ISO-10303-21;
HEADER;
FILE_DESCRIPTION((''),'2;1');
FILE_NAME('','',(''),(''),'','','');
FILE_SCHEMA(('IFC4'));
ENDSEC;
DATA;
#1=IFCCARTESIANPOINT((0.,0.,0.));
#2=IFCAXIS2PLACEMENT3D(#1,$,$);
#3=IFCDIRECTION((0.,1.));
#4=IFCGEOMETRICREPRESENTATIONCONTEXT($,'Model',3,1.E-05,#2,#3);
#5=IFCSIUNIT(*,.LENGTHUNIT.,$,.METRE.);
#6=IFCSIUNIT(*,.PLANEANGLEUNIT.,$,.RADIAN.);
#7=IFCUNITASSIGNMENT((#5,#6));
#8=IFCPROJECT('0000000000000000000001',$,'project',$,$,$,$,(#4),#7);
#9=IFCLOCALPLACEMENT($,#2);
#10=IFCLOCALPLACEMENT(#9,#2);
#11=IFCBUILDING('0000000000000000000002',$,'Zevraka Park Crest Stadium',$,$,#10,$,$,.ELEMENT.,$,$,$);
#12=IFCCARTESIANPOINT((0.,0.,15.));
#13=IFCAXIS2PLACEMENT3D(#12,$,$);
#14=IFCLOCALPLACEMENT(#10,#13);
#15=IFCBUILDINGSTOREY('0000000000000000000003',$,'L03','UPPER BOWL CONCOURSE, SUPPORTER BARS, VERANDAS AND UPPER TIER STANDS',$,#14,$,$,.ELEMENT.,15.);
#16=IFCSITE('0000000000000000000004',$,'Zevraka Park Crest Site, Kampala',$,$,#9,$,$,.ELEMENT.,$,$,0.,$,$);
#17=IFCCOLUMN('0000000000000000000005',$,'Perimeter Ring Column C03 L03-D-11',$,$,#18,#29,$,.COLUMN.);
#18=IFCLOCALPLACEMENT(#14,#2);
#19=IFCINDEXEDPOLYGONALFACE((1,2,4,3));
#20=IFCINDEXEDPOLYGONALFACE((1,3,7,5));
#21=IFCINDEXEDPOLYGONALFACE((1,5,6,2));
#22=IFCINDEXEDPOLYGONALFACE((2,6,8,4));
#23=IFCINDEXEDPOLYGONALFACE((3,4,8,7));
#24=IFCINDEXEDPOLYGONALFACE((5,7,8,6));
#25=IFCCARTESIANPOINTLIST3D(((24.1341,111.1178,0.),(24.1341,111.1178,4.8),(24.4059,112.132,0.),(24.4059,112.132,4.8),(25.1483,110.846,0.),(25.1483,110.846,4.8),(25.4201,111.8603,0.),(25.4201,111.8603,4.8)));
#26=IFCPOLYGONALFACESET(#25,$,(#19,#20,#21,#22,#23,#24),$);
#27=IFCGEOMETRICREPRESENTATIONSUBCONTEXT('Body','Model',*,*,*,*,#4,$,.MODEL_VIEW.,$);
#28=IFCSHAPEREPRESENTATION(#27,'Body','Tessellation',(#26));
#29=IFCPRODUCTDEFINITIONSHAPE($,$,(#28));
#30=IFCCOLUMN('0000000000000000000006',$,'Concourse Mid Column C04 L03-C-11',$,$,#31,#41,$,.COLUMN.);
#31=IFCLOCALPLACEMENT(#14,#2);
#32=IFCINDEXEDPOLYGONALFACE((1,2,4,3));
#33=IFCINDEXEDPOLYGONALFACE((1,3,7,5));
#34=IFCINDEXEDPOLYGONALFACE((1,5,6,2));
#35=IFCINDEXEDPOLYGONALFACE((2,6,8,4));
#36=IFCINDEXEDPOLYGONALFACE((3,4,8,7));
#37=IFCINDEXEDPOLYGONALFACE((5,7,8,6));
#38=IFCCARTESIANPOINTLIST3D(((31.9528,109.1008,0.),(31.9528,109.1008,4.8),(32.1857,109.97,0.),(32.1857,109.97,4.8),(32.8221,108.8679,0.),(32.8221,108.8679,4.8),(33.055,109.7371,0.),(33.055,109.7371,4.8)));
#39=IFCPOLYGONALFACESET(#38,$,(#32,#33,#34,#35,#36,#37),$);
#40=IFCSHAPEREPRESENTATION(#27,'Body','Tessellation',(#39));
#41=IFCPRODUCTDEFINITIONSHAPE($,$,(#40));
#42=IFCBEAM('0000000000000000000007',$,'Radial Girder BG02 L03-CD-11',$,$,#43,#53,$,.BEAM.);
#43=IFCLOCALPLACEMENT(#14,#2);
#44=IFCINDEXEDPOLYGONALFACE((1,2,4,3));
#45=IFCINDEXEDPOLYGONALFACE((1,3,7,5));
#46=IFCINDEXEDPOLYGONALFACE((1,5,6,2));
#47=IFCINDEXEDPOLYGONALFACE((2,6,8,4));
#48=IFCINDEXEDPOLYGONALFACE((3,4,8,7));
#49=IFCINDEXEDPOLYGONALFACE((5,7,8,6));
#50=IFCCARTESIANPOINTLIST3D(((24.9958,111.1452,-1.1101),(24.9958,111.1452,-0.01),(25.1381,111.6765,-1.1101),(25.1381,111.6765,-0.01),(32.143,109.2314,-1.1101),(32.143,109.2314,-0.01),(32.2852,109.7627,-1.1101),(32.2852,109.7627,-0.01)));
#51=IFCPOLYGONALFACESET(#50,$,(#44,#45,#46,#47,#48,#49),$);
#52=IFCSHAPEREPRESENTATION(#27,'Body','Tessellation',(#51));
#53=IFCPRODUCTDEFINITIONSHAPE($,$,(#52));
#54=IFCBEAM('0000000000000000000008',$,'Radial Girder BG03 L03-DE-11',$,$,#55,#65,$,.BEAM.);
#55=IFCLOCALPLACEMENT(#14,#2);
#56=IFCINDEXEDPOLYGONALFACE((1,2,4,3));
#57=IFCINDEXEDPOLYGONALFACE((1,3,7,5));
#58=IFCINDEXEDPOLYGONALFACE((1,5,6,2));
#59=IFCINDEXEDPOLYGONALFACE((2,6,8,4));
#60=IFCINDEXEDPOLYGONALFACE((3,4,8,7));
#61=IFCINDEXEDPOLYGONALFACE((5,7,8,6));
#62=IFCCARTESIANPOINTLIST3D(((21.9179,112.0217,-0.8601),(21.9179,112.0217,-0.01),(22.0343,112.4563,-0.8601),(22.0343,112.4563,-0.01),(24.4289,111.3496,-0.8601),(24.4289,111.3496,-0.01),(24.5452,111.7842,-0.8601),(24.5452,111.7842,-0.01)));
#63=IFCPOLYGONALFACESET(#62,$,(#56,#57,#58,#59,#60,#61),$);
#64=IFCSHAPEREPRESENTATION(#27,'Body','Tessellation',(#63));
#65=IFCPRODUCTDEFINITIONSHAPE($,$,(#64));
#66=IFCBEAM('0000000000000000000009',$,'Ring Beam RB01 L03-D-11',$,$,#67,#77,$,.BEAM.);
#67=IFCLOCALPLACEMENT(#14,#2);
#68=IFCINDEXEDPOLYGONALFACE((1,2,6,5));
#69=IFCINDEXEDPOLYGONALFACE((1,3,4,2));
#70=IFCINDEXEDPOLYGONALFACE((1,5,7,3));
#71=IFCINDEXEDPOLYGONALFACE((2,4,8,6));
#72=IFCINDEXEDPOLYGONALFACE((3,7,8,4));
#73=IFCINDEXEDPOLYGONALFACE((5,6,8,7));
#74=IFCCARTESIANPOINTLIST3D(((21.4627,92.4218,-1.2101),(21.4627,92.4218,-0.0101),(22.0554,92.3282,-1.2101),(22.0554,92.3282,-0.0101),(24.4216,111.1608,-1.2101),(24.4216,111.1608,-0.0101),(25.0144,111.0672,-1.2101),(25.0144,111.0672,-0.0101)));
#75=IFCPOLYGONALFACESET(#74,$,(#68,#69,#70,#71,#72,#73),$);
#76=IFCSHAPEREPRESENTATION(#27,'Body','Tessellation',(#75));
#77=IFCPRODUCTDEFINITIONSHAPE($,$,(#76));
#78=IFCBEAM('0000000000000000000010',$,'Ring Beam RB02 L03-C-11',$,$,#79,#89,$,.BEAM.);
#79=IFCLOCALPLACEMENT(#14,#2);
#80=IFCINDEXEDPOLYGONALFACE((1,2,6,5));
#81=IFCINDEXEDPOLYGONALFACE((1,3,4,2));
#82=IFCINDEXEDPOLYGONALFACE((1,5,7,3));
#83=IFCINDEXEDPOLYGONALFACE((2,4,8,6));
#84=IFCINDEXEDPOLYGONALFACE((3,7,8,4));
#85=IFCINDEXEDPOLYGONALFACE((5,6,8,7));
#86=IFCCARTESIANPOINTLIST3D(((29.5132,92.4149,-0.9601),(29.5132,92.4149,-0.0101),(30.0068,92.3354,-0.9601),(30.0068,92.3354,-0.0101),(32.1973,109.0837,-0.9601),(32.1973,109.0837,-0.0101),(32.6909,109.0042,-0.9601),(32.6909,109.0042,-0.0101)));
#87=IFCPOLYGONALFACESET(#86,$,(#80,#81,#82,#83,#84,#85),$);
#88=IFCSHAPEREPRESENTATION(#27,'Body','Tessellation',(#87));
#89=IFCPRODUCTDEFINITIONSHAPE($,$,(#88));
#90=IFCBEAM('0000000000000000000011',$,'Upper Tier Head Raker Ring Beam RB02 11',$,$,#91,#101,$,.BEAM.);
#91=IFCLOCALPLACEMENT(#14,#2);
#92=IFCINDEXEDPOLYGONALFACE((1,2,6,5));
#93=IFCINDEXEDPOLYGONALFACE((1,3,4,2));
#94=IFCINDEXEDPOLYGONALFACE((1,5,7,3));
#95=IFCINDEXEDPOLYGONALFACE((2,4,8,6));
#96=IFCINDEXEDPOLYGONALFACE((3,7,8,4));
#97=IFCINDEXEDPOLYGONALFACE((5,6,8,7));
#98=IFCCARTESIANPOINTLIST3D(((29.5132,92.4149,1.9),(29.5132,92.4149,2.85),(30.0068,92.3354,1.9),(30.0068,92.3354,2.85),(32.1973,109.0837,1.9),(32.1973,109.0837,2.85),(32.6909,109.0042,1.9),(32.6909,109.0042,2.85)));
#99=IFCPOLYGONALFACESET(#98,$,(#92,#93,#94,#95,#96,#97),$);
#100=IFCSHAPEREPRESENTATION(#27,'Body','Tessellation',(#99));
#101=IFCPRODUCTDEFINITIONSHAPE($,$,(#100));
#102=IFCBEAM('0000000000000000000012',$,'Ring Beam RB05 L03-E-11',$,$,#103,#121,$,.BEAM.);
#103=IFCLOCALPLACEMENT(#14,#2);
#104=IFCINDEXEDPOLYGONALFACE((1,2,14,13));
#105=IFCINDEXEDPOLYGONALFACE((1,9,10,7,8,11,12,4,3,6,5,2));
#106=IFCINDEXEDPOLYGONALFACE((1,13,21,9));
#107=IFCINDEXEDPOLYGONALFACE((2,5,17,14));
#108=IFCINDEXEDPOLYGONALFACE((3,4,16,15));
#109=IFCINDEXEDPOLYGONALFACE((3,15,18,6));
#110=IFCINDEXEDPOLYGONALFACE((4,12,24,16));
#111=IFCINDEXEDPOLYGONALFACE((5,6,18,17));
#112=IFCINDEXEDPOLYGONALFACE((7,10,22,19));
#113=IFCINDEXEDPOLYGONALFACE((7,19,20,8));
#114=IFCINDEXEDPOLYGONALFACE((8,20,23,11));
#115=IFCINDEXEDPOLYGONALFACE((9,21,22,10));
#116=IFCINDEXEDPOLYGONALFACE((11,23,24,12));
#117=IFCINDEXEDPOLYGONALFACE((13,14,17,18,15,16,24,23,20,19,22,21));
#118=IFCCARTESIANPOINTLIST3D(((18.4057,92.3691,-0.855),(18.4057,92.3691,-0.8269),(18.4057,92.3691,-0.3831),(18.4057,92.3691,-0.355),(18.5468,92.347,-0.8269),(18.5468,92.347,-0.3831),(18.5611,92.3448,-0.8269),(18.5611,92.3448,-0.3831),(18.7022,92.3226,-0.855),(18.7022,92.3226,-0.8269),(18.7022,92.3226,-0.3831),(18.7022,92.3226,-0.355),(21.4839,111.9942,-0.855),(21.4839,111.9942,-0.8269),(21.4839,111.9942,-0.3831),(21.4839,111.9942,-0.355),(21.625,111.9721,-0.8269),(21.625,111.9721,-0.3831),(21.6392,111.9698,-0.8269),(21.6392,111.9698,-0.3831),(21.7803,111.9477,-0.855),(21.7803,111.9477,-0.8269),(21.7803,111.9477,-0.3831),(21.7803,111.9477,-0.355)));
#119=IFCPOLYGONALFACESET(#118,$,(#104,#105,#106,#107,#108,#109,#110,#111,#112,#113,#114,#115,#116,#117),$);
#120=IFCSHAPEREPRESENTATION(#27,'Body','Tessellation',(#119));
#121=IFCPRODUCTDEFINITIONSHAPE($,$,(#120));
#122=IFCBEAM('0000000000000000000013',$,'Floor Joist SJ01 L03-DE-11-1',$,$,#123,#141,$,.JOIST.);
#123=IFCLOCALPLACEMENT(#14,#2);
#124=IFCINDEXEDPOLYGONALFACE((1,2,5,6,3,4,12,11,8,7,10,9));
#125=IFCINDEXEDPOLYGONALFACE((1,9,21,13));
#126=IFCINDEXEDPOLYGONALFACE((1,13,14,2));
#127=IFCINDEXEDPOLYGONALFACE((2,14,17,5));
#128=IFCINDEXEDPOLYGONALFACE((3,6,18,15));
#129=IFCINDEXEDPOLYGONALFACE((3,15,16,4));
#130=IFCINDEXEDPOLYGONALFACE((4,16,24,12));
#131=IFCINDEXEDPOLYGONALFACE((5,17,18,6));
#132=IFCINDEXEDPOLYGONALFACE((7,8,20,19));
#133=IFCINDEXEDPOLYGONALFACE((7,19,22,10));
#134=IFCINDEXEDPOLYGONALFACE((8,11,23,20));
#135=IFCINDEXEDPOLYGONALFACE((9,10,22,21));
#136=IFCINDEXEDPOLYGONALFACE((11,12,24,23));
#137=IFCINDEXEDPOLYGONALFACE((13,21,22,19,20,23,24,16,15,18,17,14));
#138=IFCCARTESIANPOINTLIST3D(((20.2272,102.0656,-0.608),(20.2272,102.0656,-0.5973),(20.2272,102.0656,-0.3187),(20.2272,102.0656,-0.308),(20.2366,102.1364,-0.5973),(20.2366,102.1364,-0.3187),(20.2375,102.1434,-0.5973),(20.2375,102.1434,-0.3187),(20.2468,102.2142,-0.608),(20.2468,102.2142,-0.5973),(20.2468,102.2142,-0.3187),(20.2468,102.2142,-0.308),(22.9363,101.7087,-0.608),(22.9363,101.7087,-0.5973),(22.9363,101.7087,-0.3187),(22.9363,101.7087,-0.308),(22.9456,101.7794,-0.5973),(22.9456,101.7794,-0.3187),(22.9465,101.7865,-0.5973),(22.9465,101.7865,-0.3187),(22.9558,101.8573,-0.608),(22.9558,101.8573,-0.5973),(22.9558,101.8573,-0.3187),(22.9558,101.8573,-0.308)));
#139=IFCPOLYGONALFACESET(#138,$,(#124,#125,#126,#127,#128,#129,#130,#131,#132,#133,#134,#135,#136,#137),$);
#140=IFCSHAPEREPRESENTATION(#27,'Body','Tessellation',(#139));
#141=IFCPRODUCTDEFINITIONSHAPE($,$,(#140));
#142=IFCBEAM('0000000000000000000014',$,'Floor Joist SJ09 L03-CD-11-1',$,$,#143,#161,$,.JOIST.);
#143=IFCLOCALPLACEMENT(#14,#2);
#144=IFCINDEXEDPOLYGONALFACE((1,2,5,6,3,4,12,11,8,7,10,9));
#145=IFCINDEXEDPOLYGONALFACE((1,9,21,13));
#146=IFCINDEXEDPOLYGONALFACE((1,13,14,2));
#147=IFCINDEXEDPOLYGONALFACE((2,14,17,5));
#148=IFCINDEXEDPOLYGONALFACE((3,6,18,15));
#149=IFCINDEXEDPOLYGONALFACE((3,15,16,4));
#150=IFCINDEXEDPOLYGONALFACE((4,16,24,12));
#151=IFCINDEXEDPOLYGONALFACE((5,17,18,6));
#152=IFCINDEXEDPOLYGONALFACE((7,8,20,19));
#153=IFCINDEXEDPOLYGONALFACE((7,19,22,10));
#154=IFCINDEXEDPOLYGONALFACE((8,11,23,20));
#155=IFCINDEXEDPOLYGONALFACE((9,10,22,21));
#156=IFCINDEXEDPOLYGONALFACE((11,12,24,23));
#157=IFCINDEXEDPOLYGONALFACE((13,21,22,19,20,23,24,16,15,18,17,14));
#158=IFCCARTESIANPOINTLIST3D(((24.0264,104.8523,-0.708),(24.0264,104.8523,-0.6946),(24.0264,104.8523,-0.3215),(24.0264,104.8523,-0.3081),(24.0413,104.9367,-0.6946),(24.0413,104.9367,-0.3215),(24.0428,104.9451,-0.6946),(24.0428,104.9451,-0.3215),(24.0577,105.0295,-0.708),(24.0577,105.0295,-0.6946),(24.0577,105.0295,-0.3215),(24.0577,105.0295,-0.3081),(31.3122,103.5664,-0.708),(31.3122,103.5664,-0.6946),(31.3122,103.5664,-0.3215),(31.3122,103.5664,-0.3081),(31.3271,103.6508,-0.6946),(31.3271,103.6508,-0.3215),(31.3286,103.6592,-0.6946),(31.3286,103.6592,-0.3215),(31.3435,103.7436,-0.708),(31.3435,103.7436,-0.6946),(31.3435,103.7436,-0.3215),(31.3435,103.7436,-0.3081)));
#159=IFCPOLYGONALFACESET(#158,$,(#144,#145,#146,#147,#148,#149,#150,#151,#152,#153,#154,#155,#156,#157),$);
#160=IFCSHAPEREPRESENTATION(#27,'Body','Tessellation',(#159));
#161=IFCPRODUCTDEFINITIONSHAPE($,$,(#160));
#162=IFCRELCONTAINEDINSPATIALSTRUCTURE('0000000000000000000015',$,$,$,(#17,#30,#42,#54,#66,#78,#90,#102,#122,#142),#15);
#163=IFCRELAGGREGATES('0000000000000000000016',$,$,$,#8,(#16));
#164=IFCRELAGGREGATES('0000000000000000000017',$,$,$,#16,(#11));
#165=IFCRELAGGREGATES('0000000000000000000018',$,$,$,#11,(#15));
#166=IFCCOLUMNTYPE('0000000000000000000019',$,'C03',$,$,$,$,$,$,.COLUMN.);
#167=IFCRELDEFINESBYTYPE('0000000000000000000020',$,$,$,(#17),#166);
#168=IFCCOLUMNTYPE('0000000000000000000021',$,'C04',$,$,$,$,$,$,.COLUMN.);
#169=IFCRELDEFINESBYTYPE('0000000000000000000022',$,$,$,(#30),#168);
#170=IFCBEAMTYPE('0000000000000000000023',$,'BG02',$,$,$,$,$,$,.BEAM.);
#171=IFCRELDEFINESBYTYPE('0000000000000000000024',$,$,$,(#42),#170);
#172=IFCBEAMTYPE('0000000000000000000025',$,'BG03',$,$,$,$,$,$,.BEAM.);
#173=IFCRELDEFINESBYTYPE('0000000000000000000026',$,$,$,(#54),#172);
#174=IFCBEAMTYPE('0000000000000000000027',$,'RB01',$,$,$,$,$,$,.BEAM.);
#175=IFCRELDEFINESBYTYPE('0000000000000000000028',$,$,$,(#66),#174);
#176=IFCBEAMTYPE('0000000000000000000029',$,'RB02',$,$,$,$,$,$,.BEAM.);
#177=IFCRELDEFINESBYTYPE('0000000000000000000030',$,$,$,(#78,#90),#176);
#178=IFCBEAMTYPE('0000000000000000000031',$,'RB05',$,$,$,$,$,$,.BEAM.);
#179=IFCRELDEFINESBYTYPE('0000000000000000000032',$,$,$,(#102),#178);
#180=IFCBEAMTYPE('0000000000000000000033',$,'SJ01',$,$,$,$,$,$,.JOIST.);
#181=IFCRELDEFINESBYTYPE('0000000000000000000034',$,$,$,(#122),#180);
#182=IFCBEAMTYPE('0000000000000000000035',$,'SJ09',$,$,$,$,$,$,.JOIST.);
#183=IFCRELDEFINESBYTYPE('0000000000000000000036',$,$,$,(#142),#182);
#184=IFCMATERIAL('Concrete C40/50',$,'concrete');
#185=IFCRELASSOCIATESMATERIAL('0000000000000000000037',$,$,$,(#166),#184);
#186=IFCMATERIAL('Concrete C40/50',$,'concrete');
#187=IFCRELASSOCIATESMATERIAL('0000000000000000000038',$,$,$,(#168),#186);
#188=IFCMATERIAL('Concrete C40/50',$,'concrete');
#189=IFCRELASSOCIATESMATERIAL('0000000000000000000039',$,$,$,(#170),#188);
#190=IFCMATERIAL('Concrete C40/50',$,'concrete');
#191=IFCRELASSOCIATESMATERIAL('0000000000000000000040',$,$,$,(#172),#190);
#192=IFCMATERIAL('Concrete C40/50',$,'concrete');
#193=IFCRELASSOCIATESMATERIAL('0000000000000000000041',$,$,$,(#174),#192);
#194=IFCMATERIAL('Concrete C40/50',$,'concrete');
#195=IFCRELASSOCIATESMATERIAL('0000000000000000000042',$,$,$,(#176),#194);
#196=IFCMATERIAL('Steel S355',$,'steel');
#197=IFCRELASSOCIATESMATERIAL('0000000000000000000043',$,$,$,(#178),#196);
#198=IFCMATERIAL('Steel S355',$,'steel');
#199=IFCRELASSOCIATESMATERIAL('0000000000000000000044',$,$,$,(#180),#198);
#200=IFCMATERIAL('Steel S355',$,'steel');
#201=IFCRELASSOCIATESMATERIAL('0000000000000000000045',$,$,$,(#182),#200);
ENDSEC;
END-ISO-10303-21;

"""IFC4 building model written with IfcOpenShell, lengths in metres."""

from ifc_helpers import new_model, si_unit, direction, frame, origin, origin_2d, place, context, subcontext, project, spatial, rectangle, i_section, extrude, material, material_profile, profile_set, type_object, element, save


model = new_model("IFC4")

# Units and contexts
model_context = context("Model", 3, precision=1e-05, world=origin(), true_north=direction((0.0, 1.0)))
body_context = subcontext(model_context, "Body", "Model", "MODEL_VIEW")
ifc_project = project(units=[si_unit("LENGTHUNIT", "METRE"), si_unit("PLANEANGLEUNIT", "RADIAN")], contexts=[model_context])

# Site, building, storey
site_placement = place(None, origin())
site = spatial("IfcSite", under=ifc_project, at=site_placement, Name="Zevraka Park Crest Site, Kampala", CompositionType="ELEMENT", RefElevation=0.0)
building_placement = place(site_placement, origin())
building = spatial("IfcBuilding", under=site, at=building_placement, Name="Zevraka Park Crest Stadium", CompositionType="ELEMENT")
storey_placement = place(building_placement, frame((0.0, 0.0, 15.0)))
storey = spatial("IfcBuildingStorey", under=building, at=storey_placement, Name="L03", Description="UPPER BOWL CONCOURSE, SUPPORTER BARS, VERANDAS AND UPPER TIER STANDS", CompositionType="ELEMENT", Elevation=15.0)

# Columns
ifc_material_1 = material(Name="Concrete C40/50", Category="concrete")
ifc_material_profile_1 = material_profile(ifc_material_1, rectangle(XDim=1.05, YDim=1.05, at=origin_2d()), Name="RC 1050x1050")
ifc_profile_set_1 = profile_set([ifc_material_profile_1], Name="Concrete C40/50")
column_type_1 = type_object("IfcColumnType", Name="C03", PredefinedType="COLUMN", material=ifc_profile_set_1)
column_1_placement = place(storey_placement, frame((24.7771, 111.489, 0.0), z_axis=(0.0, 0.0, 1.0), x_axis=(-0.965926, 0.258819, 0.0)))
element("IfcColumn", 1, at=column_1_placement, inside=storey, type_object=column_type_1, Name="Perimeter Ring Column C03 L03-D-11", PredefinedType="COLUMN", context=body_context, shape_type="SweptSolid", body=[
    extrude(rectangle(XDim=1.05, YDim=1.05, at=origin_2d()), origin(), (0.0, 0.0, 1.0), 4.8),
])
ifc_material_2 = material(Name="Concrete C40/50", Category="concrete")
ifc_material_profile_2 = material_profile(ifc_material_2, rectangle(XDim=0.8999, YDim=0.8999, at=origin_2d()), Name="RC 900x900")
ifc_profile_set_2 = profile_set([ifc_material_profile_2], Name="Concrete C40/50")
column_type_2 = type_object("IfcColumnType", Name="C04", PredefinedType="COLUMN", material=ifc_profile_set_2)
column_2_placement = place(storey_placement, frame((32.5039, 109.4189, 0.0), z_axis=(0.0, 0.0, 1.0), x_axis=(-0.965926, 0.258819, 0.0)))
element("IfcColumn", 2, at=column_2_placement, inside=storey, type_object=column_type_2, Name="Concourse Mid Column C04 L03-C-11", PredefinedType="COLUMN", context=body_context, shape_type="SweptSolid", body=[
    extrude(rectangle(XDim=0.8999, YDim=0.8999, at=origin_2d()), origin(), (0.0, 0.0, 1.0), 4.8),
])

# Beams
ifc_material_3 = material(Name="Concrete C40/50", Category="concrete")
ifc_material_profile_3 = material_profile(ifc_material_3, rectangle(XDim=0.55, YDim=1.1001, at=origin_2d()), Name="RC 1100x550")
ifc_profile_set_3 = profile_set([ifc_material_profile_3], Name="Concrete C40/50")
beam_type_1 = type_object("IfcBeamType", Name="BG02", PredefinedType="BEAM", material=ifc_profile_set_3)
beam_1_placement = place(storey_placement, frame((32.2141, 109.4971, -0.5601), z_axis=(-0.965969, 0.258659, 0.0), x_axis=(-0.258659, -0.965969, 0.0)))
element("IfcBeam", 3, at=beam_1_placement, inside=storey, type_object=beam_type_1, Name="Radial Girder BG02 L03-CD-11", PredefinedType="BEAM", context=body_context, shape_type="SweptSolid", body=[
    extrude(rectangle(XDim=0.55, YDim=1.1001, at=origin_2d()), origin(), (0.0, 0.0, 1.0), 7.3989),
])
ifc_material_4 = material(Name="Concrete C40/50", Category="concrete")
ifc_material_profile_4 = material_profile(ifc_material_4, rectangle(XDim=0.45, YDim=0.8501, at=origin_2d()), Name="RC 850x450")
ifc_profile_set_4 = profile_set([ifc_material_profile_4], Name="Concrete C40/50")
beam_type_2 = type_object("IfcBeamType", Name="BG03", PredefinedType="BEAM", material=ifc_profile_set_4)
beam_2_placement = place(storey_placement, frame((24.4871, 111.5669, -0.4351), z_axis=(-0.965993, 0.258569, 0.0), x_axis=(-0.258569, -0.965993, 0.0)))
element("IfcBeam", 4, at=beam_2_placement, inside=storey, type_object=beam_type_2, Name="Radial Girder BG03 L03-DE-11", PredefinedType="BEAM", context=body_context, shape_type="SweptSolid", body=[
    extrude(rectangle(XDim=0.45, YDim=0.8501, at=origin_2d()), origin(), (0.0, 0.0, 1.0), 2.5994),
])
ifc_material_5 = material(Name="Concrete C40/50", Category="concrete")
ifc_material_profile_5 = material_profile(ifc_material_5, rectangle(XDim=0.6001, YDim=1.2, at=origin_2d()), Name="RC 1200x600")
ifc_profile_set_5 = profile_set([ifc_material_profile_5], Name="Concrete C40/50")
beam_type_3 = type_object("IfcBeamType", Name="RB01", PredefinedType="BEAM", material=ifc_profile_set_5)
beam_3_placement = place(storey_placement, frame((24.718, 111.114, -0.6101), z_axis=(-0.155972, -0.987761, 0.0), x_axis=(0.987761, -0.155972, 0.0)))
element("IfcBeam", 5, at=beam_3_placement, inside=storey, type_object=beam_type_3, Name="Ring Beam RB01 L03-D-11", PredefinedType="BEAM", context=body_context, shape_type="SweptSolid", body=[
    extrude(rectangle(XDim=0.6001, YDim=1.2, at=origin_2d()), origin(), (0.0, 0.0, 1.0), 18.9712),
])
ifc_material_6 = material(Name="Concrete C40/50", Category="concrete")
ifc_material_profile_6 = material_profile(ifc_material_6, rectangle(XDim=0.5, YDim=0.95, at=origin_2d()), Name="RC 950x500")
ifc_profile_set_6 = profile_set([ifc_material_profile_6], Name="Concrete C40/50")
beam_type_4 = type_object("IfcBeamType", Name="RB02", PredefinedType="BEAM", material=ifc_profile_set_6)
for number, where, z_axis, x_axis, name in (
    (6, (32.4441, 109.0439, -0.4851), (-0.158975, -0.987283, 0.0), (0.987283, -0.158975, 0.0), "Ring Beam RB02 L03-C-11"),
    (7, (32.4441, 109.0439, 2.375), (-0.158975, -0.987283, 0.0), (0.987283, -0.158975, 0.0), "Upper Tier Head Raker Ring Beam RB02 11"),
):
    element("IfcBeam", number, at=place(storey_placement, frame(where, z_axis=z_axis, x_axis=x_axis)), inside=storey, type_object=beam_type_4, Name=name, PredefinedType="BEAM", context=body_context, shape_type="SweptSolid", body=[
        extrude(rectangle(XDim=0.5, YDim=0.95, at=origin_2d()), origin(), (0.0, 0.0, 1.0), 16.8835),
    ])
ifc_material_7 = material(Name="Steel S355", Category="steel")
ifc_material_profile_7 = material_profile(ifc_material_7, i_section(OverallWidth=0.3, OverallDepth=0.5, WebThickness=0.0144, FlangeThickness=0.0281, at=origin_2d()), Name="HEB 500")
ifc_profile_set_7 = profile_set([ifc_material_profile_7], Name="Steel S355")
beam_type_5 = type_object("IfcBeamType", Name="RB05", PredefinedType="BEAM", material=ifc_profile_set_7)
beam_4_placement = place(storey_placement, frame((21.6321, 111.9709, -0.605), z_axis=(-0.154953, -0.987922, 0.0), x_axis=(0.987922, -0.154953, 0.0)))
element("IfcBeam", 8, at=beam_4_placement, inside=storey, type_object=beam_type_5, Name="Ring Beam RB05 L03-E-11", PredefinedType="BEAM", context=body_context, shape_type="SweptSolid", body=[
    extrude(i_section(OverallWidth=0.3, OverallDepth=0.5, WebThickness=0.0144, FlangeThickness=0.0281, at=origin_2d()), origin(), (0.0, 0.0, 1.0), 19.865),
])
ifc_material_8 = material(Name="Steel S355", Category="steel")
ifc_material_profile_8 = material_profile(ifc_material_8, i_section(OverallWidth=0.1499, OverallDepth=0.3, WebThickness=0.0071, FlangeThickness=0.0107, at=origin_2d()), Name="IPE 300")
ifc_profile_set_8 = profile_set([ifc_material_profile_8], Name="Steel S355")
beam_type_6 = type_object("IfcBeamType", Name="SJ01", PredefinedType="JOIST", material=ifc_profile_set_8)
beam_5_placement = place(storey_placement, frame((22.946, 101.783, -0.458), z_axis=(-0.991431, 0.13063, 0.0), x_axis=(-0.13063, -0.991431, 0.0)))
element("IfcBeam", 9, at=beam_5_placement, inside=storey, type_object=beam_type_6, Name="Floor Joist SJ01 L03-DE-11-1", PredefinedType="JOIST", context=body_context, shape_type="SweptSolid", body=[
    extrude(i_section(OverallWidth=0.1499, OverallDepth=0.3, WebThickness=0.0071, FlangeThickness=0.0107, at=origin_2d()), origin(), (0.0, 0.0, 1.0), 2.7324),
])
ifc_material_9 = material(Name="Steel S355", Category="steel")
ifc_material_profile_9 = material_profile(ifc_material_9, i_section(OverallWidth=0.1799, OverallDepth=0.3999, WebThickness=0.0085, FlangeThickness=0.0134, at=origin_2d()), Name="IPE 400")
ifc_profile_set_9 = profile_set([ifc_material_profile_9], Name="Steel S355")
beam_type_7 = type_object("IfcBeamType", Name="SJ09", PredefinedType="JOIST", material=ifc_profile_set_9)
beam_6_placement = place(storey_placement, frame((31.3279, 103.655, -0.5081), z_axis=(-0.98478, 0.173804, 0.0), x_axis=(-0.173804, -0.98478, 0.0)))
element("IfcBeam", 10, at=beam_6_placement, inside=storey, type_object=beam_type_7, Name="Floor Joist SJ09 L03-CD-11-1", PredefinedType="JOIST", context=body_context, shape_type="SweptSolid", body=[
    extrude(i_section(OverallWidth=0.1799, OverallDepth=0.3999, WebThickness=0.0085, FlangeThickness=0.0134, at=origin_2d()), origin(), (0.0, 0.0, 1.0), 7.3984),
])

save(model, "model.ifc")
